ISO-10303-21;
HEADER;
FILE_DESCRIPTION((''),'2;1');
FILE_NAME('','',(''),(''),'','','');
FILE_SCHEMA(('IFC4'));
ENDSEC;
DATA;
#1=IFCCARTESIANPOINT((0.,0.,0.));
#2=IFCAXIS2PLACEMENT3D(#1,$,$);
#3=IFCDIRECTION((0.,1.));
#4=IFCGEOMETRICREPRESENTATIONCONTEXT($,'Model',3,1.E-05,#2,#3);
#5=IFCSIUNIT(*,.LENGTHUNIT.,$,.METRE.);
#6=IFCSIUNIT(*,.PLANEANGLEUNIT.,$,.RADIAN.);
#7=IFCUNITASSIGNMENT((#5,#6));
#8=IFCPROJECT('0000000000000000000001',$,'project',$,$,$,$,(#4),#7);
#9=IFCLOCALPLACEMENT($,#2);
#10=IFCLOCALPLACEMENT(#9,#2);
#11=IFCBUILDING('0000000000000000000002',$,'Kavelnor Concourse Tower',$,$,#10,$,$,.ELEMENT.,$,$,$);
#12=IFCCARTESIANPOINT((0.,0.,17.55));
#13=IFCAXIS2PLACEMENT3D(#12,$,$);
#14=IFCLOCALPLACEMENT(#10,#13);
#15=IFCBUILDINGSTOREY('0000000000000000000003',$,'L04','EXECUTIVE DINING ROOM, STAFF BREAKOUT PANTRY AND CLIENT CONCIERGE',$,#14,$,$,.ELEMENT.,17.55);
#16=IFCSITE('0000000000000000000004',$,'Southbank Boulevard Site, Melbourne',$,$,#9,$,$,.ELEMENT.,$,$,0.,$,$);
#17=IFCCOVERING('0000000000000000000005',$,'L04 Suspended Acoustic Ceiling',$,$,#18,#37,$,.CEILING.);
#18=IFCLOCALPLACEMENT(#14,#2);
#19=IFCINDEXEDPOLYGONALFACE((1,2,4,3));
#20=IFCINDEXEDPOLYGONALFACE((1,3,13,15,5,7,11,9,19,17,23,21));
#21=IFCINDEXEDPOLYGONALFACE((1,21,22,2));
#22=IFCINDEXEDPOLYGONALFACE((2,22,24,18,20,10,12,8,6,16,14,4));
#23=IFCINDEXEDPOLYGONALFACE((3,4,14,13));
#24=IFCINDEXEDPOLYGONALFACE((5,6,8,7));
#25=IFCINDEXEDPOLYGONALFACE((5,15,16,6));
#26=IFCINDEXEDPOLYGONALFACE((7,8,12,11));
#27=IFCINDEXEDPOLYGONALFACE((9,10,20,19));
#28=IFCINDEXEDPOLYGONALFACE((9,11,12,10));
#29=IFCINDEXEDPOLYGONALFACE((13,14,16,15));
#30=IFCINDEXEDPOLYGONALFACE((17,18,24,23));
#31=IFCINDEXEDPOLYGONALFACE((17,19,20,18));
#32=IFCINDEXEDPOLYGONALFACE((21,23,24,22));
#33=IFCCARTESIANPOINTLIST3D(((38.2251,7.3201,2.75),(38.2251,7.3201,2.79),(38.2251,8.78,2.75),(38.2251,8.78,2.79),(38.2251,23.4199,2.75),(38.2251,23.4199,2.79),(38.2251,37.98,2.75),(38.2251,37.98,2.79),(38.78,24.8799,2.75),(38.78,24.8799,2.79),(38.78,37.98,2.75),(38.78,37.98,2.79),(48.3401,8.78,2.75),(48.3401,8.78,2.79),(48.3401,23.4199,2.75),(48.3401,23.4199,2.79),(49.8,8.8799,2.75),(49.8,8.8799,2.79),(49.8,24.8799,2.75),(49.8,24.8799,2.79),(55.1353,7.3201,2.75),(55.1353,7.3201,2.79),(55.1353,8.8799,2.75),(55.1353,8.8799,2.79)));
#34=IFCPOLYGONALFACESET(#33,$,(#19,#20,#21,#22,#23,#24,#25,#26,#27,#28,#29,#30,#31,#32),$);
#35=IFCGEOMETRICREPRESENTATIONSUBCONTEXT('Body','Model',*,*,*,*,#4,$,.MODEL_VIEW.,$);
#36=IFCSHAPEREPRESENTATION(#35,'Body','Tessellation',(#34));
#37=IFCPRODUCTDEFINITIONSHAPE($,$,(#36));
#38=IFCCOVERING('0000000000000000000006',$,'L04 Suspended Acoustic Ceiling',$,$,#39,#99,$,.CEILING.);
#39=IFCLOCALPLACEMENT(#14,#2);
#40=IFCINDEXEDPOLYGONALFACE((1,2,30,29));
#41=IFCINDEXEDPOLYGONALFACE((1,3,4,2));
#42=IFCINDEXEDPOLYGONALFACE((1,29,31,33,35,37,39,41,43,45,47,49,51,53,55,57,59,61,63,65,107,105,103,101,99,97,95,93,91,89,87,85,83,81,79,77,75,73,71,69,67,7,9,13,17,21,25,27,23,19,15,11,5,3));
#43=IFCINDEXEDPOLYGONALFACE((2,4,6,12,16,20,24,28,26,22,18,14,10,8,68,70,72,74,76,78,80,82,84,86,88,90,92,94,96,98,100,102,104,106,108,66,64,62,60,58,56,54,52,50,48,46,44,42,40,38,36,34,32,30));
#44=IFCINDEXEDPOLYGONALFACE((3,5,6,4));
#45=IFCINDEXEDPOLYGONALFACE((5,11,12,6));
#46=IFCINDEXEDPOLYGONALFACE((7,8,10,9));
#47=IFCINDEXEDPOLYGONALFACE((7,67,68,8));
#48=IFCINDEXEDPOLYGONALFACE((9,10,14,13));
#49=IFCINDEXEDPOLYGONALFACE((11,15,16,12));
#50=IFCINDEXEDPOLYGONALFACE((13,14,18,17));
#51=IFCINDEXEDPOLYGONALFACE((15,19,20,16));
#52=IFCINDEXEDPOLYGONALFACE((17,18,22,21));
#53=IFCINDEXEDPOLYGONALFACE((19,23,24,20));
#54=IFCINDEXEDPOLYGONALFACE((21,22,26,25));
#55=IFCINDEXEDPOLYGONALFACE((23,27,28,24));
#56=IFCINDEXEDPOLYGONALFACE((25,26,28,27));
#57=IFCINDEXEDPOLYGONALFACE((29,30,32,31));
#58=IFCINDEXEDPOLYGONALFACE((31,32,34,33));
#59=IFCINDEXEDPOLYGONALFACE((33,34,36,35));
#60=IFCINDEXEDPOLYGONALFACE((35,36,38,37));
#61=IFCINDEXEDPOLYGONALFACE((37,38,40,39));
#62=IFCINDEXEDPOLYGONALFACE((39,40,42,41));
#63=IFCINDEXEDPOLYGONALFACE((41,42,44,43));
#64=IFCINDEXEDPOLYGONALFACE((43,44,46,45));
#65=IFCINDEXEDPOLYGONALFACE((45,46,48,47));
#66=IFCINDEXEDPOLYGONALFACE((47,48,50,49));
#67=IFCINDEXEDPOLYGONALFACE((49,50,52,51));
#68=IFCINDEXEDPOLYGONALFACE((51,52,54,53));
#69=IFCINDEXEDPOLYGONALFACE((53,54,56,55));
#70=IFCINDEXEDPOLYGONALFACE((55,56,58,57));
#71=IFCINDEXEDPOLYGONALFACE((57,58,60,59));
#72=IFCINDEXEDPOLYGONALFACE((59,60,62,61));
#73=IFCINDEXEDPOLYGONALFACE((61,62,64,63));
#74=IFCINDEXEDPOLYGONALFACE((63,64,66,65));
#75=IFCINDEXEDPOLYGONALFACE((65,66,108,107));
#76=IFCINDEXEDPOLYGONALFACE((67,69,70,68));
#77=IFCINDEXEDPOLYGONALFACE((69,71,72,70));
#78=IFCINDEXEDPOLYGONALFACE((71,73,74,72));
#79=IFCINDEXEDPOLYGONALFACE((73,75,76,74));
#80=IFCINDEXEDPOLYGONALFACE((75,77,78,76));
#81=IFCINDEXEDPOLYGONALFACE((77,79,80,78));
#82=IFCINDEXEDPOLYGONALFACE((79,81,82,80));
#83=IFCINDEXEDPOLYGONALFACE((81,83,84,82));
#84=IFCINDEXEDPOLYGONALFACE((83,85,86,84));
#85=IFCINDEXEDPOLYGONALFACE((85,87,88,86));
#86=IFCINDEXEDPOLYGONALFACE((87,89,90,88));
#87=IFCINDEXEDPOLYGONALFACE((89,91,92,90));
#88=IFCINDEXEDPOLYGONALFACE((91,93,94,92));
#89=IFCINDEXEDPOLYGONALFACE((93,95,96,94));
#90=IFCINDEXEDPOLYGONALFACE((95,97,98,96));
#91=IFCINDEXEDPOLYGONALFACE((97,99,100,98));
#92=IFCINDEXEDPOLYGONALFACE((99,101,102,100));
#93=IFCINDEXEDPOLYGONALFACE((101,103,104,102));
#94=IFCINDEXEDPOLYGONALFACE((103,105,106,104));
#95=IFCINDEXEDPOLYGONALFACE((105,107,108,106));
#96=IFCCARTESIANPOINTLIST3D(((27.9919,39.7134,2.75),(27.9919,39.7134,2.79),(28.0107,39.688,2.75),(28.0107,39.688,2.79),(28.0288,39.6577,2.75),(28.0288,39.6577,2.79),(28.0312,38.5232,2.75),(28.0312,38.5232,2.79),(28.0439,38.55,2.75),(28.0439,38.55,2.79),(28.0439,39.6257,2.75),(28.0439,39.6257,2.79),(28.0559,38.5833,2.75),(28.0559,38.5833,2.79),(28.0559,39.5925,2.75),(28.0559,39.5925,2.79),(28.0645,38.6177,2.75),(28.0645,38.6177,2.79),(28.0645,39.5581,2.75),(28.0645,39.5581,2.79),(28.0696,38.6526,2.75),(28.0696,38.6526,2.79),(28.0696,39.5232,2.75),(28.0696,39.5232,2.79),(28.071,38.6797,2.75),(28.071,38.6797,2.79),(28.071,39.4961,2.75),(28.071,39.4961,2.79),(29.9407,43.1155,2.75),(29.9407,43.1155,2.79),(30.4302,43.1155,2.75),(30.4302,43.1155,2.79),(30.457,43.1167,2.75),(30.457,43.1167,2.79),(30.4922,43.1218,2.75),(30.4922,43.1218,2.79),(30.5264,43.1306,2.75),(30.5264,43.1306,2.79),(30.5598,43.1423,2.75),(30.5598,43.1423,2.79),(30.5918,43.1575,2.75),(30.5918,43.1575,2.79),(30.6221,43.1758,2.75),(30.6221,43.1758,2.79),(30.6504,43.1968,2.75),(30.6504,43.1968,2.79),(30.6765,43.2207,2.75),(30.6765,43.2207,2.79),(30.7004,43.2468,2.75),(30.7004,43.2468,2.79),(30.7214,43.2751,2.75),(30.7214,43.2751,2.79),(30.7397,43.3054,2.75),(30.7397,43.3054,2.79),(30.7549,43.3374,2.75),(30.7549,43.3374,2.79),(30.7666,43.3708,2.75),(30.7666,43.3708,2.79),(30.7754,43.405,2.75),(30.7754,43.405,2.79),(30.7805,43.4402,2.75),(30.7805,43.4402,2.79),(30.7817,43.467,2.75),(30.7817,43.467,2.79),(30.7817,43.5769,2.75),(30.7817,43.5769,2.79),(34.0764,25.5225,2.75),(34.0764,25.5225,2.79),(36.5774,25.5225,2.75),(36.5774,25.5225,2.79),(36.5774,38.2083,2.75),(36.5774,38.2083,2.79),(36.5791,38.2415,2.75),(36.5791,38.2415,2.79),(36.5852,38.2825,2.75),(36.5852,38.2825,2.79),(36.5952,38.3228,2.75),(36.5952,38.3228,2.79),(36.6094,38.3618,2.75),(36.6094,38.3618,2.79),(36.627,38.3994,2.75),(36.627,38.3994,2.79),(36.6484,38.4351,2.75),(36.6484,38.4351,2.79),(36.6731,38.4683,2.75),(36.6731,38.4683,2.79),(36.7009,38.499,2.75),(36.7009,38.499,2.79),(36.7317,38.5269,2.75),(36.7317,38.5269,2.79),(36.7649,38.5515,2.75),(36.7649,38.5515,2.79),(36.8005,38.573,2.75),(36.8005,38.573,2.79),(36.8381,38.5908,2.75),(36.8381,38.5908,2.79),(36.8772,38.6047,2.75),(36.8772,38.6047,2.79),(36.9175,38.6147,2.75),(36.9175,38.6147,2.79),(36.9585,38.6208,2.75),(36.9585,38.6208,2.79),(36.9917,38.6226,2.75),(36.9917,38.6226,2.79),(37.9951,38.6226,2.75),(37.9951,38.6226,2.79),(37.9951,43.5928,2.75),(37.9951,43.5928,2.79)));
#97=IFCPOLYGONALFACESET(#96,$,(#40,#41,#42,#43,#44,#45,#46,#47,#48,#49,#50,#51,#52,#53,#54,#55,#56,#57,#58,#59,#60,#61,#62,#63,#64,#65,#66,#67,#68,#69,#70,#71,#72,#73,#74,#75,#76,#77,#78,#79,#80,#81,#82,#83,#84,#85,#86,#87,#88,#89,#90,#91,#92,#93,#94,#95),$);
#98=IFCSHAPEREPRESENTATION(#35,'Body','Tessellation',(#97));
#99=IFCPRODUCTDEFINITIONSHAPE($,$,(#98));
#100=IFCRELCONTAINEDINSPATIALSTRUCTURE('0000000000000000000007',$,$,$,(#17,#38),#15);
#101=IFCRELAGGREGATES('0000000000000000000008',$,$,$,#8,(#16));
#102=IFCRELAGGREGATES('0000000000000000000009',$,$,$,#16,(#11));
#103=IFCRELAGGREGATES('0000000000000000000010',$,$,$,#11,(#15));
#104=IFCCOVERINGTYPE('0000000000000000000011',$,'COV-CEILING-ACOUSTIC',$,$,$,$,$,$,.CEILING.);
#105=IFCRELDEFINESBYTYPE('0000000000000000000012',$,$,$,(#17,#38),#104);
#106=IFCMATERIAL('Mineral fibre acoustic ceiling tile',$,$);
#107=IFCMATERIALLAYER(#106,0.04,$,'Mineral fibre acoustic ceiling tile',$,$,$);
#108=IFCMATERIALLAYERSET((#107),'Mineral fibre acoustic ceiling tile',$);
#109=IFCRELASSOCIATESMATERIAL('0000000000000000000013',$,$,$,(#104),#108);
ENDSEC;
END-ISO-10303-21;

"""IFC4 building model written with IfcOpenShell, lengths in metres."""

from ifc_helpers import new_model, si_unit, direction, frame, origin, place, context, subcontext, project, spatial, polyline, outline, extrude, material, layer, layer_set, type_object, element, save


model = new_model("IFC4")

# Units and contexts
model_context = context("Model", 3, precision=1e-05, world=origin(), true_north=direction((0.0, 1.0)))
body_context = subcontext(model_context, "Body", "Model", "MODEL_VIEW")
ifc_project = project(units=[si_unit("LENGTHUNIT", "METRE"), si_unit("PLANEANGLEUNIT", "RADIAN")], contexts=[model_context])

# Site, building, storey
site_placement = place(None, origin())
site = spatial("IfcSite", under=ifc_project, at=site_placement, Name="Southbank Boulevard Site, Melbourne", CompositionType="ELEMENT", RefElevation=0.0)
building_placement = place(site_placement, origin())
building = spatial("IfcBuilding", under=site, at=building_placement, Name="Kavelnor Concourse Tower", CompositionType="ELEMENT")
storey_placement = place(building_placement, frame((0.0, 0.0, 17.55)))
storey = spatial("IfcBuildingStorey", under=building, at=storey_placement, Name="L04", Description="EXECUTIVE DINING ROOM, STAFF BREAKOUT PANTRY AND CLIENT CONCIERGE", CompositionType="ELEMENT", Elevation=17.55)

# Coverings
ifc_material_1 = material(Name="Mineral fibre acoustic ceiling tile")
ifc_layer_1 = layer(ifc_material_1, 0.04, Name="Mineral fibre acoustic ceiling tile")
ifc_layer_set_1 = layer_set([ifc_layer_1], Name="Mineral fibre acoustic ceiling tile")
covering_type_1 = type_object("IfcCoveringType", Name="COV-CEILING-ACOUSTIC", PredefinedType="CEILING", material=ifc_layer_set_1)
covering_1_placement = place(storey_placement, frame((0.0, 0.0, 2.75)))
element("IfcCovering", 1, at=covering_1_placement, inside=storey, type_object=covering_type_1, Name="L04 Suspended Acoustic Ceiling", PredefinedType="CEILING", context=body_context, shape_type="SweptSolid", body=[
    extrude(outline(polyline([(38.78, 37.98), (38.78, 24.8799), (49.8, 24.8799), (49.8, 8.8799), (55.1353, 8.8799), (55.1353, 7.3201), (38.2251, 7.3201), (38.2251, 8.78), (48.3401, 8.78), (48.3401, 23.4199), (38.2251, 23.4199), (38.2251, 37.98), (38.78, 37.98)])), origin(), (0.0, 0.0, 1.0), 0.04),
])
covering_2_placement = place(storey_placement, frame((0.0, 0.0, 2.75)))
element("IfcCovering", 2, at=covering_2_placement, inside=storey, type_object=covering_type_1, Name="L04 Suspended Acoustic Ceiling", PredefinedType="CEILING", context=body_context, shape_type="SweptSolid", body=[
    extrude(outline(polyline([(30.457, 43.1167), (30.4922, 43.1218), (30.5264, 43.1306), (30.5598, 43.1423), (30.5918, 43.1575), (30.6221, 43.1758), (30.6504, 43.1968), (30.6765, 43.2207), (30.7004, 43.2468), (30.7214, 43.2751), (30.7397, 43.3054), (30.7549, 43.3374), (30.7666, 43.3708), (30.7754, 43.405), (30.7805, 43.4402), (30.7817, 43.467), (30.7817, 43.5769), (37.9951, 43.5928), (37.9951, 38.6226), (36.9917, 38.6226), (36.9585, 38.6208), (36.9175, 38.6147), (36.8772, 38.6047), (36.8381, 38.5908), (36.8005, 38.573), (36.7649, 38.5515), (36.7317, 38.5269), (36.7009, 38.499), (36.6731, 38.4683), (36.6484, 38.4351), (36.627, 38.3994), (36.6094, 38.3618), (36.5952, 38.3228), (36.5852, 38.2825), (36.5791, 38.2415), (36.5774, 38.2083), (36.5774, 25.5225), (34.0764, 25.5225), (28.0312, 38.5232), (28.0439, 38.55), (28.0559, 38.5833), (28.0645, 38.6177), (28.0696, 38.6526), (28.071, 38.6797), (28.071, 39.4961), (28.0696, 39.5232), (28.0645, 39.5581), (28.0559, 39.5925), (28.0439, 39.6257), (28.0288, 39.6577), (28.0107, 39.688), (27.9919, 39.7134), (29.9407, 43.1155), (30.4302, 43.1155), (30.457, 43.1167)])), origin(), (0.0, 0.0, 1.0), 0.04),
])

save(model, "model.ifc")
